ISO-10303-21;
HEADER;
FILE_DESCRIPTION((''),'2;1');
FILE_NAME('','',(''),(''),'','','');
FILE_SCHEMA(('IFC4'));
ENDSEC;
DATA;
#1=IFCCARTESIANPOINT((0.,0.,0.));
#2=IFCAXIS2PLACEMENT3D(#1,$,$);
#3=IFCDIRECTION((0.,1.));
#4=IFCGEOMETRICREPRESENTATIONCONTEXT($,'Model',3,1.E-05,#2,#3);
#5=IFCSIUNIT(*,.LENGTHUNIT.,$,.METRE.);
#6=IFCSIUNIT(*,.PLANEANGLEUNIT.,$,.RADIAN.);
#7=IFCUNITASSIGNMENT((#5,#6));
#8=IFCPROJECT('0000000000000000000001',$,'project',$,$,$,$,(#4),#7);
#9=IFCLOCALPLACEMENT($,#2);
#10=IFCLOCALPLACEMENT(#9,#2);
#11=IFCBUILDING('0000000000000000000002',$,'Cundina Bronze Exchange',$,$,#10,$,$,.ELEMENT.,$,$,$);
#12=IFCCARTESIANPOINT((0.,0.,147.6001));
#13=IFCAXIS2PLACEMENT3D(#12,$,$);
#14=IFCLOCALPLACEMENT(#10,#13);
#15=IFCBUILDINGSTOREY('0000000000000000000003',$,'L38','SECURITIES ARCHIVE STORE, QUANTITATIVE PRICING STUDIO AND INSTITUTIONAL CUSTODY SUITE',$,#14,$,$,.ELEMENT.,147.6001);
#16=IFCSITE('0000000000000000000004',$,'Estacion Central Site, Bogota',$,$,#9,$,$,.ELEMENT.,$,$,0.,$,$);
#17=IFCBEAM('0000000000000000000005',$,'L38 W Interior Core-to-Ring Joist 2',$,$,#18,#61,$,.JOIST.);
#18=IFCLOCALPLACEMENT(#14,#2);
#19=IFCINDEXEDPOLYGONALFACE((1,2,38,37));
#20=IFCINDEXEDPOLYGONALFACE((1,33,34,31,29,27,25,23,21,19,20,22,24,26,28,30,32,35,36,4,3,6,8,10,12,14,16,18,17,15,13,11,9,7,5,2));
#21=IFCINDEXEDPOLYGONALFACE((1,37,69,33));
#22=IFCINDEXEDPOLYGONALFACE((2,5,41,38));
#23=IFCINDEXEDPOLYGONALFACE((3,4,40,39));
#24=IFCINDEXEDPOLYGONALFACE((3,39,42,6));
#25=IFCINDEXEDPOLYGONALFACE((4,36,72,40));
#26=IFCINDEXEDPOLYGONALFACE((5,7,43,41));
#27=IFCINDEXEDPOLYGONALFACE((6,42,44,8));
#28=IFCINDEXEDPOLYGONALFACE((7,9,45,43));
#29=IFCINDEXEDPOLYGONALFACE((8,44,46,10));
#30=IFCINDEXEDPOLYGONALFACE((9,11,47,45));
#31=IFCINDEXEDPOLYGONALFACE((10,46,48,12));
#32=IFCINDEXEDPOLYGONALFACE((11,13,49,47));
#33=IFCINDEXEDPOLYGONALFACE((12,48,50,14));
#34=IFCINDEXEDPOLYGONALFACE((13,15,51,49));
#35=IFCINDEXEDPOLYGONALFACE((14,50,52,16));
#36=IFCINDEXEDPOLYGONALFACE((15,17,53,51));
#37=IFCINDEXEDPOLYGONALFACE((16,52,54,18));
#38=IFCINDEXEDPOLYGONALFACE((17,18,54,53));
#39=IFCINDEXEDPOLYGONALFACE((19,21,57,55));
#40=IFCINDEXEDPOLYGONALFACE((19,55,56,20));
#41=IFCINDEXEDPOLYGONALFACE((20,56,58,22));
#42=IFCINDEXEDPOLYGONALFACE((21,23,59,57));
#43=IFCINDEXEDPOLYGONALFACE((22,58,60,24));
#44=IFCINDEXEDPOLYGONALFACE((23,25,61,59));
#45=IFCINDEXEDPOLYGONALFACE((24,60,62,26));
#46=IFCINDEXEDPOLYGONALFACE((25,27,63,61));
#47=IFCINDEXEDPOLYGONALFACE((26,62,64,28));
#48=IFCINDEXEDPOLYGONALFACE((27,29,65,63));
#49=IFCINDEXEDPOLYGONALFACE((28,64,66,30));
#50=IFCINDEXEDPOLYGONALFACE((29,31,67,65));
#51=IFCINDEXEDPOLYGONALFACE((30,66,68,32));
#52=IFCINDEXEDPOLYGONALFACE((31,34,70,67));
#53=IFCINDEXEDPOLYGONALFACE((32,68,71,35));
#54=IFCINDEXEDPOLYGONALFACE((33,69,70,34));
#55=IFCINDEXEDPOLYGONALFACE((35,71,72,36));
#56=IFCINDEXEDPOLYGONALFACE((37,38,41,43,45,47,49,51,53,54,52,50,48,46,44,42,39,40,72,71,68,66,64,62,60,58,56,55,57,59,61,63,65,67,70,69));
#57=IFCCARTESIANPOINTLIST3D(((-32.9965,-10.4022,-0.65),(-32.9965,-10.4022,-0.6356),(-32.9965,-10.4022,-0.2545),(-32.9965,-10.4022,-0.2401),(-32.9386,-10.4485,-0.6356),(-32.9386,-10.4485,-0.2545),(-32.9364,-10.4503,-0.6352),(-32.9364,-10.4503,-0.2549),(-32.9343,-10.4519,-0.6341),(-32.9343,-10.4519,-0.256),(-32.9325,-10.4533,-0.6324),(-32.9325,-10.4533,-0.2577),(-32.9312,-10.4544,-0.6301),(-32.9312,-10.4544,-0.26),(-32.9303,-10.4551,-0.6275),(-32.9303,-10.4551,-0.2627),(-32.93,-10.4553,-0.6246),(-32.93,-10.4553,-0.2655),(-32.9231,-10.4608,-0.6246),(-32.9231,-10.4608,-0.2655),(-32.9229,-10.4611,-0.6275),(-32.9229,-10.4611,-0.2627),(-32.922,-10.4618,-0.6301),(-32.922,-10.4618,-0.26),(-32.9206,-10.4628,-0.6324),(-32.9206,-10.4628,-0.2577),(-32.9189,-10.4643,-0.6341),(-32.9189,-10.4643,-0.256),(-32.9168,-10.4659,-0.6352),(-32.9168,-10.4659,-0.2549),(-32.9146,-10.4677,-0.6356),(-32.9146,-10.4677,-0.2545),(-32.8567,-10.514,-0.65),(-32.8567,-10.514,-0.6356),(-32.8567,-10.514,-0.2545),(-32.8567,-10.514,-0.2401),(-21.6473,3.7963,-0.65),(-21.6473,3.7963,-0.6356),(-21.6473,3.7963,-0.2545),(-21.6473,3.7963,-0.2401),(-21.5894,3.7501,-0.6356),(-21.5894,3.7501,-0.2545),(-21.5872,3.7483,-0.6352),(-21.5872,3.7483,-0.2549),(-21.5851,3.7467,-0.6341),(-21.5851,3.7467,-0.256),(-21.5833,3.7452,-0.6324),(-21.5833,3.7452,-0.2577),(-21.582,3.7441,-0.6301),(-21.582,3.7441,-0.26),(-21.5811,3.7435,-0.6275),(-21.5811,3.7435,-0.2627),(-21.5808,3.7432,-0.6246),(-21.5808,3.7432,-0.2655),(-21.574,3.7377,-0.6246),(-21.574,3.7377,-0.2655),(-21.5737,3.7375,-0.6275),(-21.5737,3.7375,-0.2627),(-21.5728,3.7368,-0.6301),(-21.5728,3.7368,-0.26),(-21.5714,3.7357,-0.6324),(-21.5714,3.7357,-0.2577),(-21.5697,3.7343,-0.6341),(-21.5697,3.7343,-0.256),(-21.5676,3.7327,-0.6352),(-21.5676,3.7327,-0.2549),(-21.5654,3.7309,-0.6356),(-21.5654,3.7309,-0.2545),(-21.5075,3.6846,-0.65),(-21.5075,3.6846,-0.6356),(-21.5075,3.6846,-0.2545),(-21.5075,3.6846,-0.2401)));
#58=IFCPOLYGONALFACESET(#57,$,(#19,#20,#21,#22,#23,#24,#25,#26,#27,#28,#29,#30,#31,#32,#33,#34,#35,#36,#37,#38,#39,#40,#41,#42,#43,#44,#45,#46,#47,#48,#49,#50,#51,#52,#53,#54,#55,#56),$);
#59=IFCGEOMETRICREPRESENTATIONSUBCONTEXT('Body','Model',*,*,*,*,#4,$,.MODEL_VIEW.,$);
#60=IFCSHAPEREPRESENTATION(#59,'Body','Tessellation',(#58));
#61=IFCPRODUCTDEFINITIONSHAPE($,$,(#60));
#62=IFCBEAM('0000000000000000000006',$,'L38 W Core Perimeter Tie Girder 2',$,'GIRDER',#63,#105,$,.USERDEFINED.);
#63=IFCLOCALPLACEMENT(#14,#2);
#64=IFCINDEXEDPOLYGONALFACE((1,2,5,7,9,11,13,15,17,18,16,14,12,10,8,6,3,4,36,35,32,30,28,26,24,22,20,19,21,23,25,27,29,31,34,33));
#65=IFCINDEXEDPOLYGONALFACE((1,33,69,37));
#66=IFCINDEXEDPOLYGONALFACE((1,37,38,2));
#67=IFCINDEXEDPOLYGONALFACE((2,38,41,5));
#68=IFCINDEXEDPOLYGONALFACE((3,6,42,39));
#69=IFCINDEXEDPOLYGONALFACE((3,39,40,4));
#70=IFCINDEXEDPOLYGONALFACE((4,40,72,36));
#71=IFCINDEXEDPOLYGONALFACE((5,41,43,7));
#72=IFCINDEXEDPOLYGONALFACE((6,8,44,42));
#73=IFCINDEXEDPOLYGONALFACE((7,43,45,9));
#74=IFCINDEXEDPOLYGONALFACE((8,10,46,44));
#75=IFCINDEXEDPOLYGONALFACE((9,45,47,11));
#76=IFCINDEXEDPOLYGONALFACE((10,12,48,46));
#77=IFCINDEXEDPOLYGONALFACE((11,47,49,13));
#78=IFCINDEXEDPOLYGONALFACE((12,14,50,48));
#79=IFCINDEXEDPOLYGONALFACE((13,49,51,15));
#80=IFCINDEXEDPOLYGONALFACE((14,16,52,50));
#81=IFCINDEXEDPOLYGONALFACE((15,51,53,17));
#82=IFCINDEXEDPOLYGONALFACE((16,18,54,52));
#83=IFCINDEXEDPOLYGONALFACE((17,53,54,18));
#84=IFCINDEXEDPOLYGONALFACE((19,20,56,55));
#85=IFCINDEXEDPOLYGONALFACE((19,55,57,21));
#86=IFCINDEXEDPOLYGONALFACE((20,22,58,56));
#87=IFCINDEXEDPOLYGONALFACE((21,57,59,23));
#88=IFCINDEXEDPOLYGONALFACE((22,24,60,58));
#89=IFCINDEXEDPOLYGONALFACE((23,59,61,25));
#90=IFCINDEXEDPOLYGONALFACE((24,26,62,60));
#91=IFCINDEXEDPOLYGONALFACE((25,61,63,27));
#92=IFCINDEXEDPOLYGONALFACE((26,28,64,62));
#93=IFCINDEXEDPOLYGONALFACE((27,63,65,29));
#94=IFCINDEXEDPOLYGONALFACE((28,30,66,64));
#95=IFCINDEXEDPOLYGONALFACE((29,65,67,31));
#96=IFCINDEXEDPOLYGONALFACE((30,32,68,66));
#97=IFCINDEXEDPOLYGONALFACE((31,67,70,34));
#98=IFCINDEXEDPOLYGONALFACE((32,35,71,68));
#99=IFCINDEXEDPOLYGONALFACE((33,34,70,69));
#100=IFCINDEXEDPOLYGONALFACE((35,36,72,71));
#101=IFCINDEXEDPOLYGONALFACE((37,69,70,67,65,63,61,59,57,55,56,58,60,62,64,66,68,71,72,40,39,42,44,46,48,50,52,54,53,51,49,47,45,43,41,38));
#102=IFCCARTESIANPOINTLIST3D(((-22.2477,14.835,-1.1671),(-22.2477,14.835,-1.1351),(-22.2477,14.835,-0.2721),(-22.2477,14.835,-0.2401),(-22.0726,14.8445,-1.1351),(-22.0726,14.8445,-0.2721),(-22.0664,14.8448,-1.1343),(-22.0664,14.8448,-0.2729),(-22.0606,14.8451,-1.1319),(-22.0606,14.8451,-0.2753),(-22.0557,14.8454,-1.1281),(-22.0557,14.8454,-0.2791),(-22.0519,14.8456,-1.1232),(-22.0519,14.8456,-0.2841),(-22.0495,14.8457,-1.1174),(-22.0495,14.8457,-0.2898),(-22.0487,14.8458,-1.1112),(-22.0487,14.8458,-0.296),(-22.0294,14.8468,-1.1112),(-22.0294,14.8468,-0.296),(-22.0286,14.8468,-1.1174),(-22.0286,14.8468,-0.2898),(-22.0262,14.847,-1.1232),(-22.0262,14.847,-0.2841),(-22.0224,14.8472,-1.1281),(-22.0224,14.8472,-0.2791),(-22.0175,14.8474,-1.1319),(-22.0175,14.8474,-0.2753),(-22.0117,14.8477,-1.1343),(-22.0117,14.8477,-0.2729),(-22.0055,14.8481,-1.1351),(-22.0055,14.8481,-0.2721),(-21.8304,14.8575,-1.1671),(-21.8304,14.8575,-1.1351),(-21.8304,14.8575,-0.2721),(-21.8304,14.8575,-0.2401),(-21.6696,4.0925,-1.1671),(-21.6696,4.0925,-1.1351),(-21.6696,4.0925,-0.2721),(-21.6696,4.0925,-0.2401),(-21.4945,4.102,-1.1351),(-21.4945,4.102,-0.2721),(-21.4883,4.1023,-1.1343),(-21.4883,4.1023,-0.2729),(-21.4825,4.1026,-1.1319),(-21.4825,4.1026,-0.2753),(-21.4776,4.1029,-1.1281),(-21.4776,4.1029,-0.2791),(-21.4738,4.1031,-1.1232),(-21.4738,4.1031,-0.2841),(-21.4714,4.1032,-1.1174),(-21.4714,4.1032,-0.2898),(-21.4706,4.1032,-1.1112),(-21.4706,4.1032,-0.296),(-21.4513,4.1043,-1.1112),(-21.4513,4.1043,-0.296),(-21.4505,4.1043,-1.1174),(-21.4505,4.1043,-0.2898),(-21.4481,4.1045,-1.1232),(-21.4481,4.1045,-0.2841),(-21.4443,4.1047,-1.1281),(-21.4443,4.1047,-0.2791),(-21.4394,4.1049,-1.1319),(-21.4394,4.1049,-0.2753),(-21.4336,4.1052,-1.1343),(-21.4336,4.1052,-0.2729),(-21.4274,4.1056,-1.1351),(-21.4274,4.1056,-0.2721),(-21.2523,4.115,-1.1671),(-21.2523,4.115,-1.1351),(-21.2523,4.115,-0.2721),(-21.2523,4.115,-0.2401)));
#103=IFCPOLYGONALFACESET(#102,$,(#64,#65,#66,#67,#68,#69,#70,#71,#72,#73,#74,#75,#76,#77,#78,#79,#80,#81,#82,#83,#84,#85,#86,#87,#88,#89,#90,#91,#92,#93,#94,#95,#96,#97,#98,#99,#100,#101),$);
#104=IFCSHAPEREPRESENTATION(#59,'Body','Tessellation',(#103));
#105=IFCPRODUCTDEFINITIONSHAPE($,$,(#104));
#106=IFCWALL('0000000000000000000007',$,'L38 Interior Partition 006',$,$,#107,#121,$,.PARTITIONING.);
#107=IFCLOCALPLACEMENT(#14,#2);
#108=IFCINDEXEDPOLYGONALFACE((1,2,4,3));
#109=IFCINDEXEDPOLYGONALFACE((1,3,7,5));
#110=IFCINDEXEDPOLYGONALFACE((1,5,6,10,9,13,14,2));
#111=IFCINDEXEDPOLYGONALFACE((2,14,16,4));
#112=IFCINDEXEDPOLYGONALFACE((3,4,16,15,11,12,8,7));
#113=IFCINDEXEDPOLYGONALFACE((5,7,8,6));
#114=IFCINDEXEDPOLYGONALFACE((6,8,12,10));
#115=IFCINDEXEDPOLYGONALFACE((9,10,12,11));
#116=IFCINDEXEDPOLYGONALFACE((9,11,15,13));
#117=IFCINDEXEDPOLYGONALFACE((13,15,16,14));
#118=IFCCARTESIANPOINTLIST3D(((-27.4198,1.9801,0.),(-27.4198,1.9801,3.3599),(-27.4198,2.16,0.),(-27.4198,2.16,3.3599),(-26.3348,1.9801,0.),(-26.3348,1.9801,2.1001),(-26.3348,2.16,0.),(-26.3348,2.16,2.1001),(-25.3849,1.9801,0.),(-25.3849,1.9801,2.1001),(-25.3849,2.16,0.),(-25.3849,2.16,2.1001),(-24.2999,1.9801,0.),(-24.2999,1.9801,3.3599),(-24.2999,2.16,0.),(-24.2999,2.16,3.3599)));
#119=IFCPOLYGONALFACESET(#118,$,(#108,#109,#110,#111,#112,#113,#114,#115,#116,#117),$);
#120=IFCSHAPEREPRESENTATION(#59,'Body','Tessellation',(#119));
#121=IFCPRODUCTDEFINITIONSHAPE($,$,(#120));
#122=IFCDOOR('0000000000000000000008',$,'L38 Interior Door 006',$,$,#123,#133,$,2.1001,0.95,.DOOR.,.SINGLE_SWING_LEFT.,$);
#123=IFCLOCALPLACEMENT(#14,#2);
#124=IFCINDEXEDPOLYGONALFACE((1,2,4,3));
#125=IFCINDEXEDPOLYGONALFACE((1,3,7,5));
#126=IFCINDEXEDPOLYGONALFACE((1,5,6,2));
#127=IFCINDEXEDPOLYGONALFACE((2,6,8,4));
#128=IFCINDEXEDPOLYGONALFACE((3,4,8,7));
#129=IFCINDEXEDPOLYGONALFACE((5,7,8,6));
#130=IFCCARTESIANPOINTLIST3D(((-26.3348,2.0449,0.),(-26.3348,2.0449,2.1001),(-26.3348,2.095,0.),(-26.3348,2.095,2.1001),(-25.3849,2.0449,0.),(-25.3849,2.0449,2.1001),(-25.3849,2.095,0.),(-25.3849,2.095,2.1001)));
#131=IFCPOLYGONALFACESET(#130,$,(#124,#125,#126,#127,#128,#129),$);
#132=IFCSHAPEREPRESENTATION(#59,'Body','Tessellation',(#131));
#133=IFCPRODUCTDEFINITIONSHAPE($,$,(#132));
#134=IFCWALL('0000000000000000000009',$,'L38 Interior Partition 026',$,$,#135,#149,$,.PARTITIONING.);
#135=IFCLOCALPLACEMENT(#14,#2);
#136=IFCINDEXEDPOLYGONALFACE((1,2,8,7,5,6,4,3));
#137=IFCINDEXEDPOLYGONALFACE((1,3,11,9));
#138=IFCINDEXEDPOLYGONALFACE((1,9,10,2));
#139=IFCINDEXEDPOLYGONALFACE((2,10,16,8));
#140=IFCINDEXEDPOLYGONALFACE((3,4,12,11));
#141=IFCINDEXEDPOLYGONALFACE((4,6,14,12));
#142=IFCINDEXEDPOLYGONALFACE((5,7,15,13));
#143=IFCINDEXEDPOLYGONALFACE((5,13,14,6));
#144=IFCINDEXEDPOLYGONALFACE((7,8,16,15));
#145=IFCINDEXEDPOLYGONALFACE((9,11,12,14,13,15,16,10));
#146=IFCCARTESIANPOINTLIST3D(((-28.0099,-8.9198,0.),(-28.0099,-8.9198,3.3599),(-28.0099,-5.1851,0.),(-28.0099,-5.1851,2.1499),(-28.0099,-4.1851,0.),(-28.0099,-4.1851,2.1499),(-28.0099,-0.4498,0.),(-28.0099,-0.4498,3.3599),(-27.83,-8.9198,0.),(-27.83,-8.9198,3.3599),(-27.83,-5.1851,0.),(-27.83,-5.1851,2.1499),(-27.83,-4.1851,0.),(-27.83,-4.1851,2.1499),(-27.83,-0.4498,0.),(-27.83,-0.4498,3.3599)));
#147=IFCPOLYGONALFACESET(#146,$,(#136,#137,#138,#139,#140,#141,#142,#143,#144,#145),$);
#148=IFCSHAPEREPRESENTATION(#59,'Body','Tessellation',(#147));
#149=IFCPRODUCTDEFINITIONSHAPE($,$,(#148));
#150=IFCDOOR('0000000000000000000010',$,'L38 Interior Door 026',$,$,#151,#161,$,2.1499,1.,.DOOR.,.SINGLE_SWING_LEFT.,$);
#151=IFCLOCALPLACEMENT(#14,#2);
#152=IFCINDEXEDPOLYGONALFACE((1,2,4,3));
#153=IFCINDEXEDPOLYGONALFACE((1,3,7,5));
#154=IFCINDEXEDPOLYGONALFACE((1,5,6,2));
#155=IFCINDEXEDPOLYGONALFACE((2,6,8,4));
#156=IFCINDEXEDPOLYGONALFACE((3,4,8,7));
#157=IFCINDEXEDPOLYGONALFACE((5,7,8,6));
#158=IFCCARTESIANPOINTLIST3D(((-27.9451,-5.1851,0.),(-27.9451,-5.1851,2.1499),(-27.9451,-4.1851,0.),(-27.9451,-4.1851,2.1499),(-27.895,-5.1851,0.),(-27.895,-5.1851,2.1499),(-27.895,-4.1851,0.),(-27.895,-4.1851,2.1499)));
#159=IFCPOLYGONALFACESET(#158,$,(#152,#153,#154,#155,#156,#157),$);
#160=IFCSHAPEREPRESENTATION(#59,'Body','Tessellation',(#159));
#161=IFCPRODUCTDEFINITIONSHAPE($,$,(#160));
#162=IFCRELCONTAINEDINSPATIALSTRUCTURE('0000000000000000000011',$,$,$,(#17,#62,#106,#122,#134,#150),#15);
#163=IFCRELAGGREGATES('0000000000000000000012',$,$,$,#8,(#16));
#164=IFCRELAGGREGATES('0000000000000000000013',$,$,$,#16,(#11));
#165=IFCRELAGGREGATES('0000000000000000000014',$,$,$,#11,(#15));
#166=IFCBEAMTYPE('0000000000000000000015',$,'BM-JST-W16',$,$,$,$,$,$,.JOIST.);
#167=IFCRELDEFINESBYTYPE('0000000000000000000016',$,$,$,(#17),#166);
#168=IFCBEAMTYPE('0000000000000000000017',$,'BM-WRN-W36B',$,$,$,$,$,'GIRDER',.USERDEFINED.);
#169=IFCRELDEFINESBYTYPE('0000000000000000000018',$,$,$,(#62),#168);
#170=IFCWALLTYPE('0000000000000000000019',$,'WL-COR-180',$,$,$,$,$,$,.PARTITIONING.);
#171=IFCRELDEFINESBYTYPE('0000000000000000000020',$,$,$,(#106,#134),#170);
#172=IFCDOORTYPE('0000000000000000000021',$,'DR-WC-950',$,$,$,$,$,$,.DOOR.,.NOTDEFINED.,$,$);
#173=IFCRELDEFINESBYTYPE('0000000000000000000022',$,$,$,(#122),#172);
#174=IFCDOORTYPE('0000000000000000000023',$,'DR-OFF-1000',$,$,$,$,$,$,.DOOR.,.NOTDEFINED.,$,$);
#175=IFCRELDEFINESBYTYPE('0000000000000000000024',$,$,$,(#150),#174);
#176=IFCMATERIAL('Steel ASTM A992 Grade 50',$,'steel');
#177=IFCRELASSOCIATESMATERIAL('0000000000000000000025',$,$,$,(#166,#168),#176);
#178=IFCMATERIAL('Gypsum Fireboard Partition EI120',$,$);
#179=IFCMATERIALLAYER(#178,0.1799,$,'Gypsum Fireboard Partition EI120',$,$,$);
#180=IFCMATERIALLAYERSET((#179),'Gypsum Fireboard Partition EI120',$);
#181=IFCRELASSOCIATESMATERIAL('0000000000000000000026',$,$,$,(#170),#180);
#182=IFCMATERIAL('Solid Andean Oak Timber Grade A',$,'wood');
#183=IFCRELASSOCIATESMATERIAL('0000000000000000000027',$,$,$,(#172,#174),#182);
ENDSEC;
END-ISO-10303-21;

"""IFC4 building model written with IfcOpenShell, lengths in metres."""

from ifc_helpers import new_model, si_unit, direction, frame, frame_2d, origin, origin_2d, place, context, subcontext, project, spatial, rectangle, i_section, extrude, material, layer, layer_set, material_profile, profile_set, type_object, element, fill, save


model = new_model("IFC4")

# Units and contexts
model_context = context("Model", 3, precision=1e-05, world=origin(), true_north=direction((0.0, 1.0)))
body_context = subcontext(model_context, "Body", "Model", "MODEL_VIEW")
ifc_project = project(units=[si_unit("LENGTHUNIT", "METRE"), si_unit("PLANEANGLEUNIT", "RADIAN")], contexts=[model_context])

# Site, building, storey
site_placement = place(None, origin())
site = spatial("IfcSite", under=ifc_project, at=site_placement, Name="Estacion Central Site, Bogota", CompositionType="ELEMENT", RefElevation=0.0)
building_placement = place(site_placement, origin())
building = spatial("IfcBuilding", under=site, at=building_placement, Name="Cundina Bronze Exchange", CompositionType="ELEMENT")
storey_placement = place(building_placement, frame((0.0, 0.0, 147.6001)))
storey = spatial("IfcBuildingStorey", under=building, at=storey_placement, Name="L38", Description="SECURITIES ARCHIVE STORE, QUANTITATIVE PRICING STUDIO AND INSTITUTIONAL CUSTODY SUITE", CompositionType="ELEMENT", Elevation=147.6001)

# Shared definitions
ifc_material_1 = material(Name="Steel ASTM A992 Grade 50", Category="steel")

# Beams
ifc_material_profile_1 = material_profile(ifc_material_1, i_section(OverallWidth=0.179, OverallDepth=0.4099, WebThickness=0.0088, FlangeThickness=0.0144, FilletRadius=0.011, at=origin_2d()), Name="W16X45", Category="steel")
ifc_profile_set_1 = profile_set([ifc_material_profile_1], Name="Steel ASTM A992 Grade 50")
beam_type_1 = type_object("IfcBeamType", Name="BM-JST-W16", PredefinedType="JOIST", material=ifc_profile_set_1)
beam_1_placement = place(storey_placement, frame((-21.5774, 3.7405, -0.4451), z_axis=(-0.624371, -0.781128, 0.0), x_axis=(0.781128, -0.624371, 0.0)))
element("IfcBeam", 1, at=beam_1_placement, inside=storey, type_object=beam_type_1, Name="L38 W Interior Core-to-Ring Joist 2", PredefinedType="JOIST", context=body_context, shape_type="SweptSolid", body=[
    extrude(i_section(OverallWidth=0.179, OverallDepth=0.4099, WebThickness=0.0088, FlangeThickness=0.0144, FilletRadius=0.011, at=origin_2d()), origin(), (0.0, 0.0, 1.0), 18.177),
])
ifc_material_profile_2 = material_profile(ifc_material_1, i_section(OverallWidth=0.418, OverallDepth=0.927, WebThickness=0.0193, FlangeThickness=0.032, FilletRadius=0.0239, at=origin_2d()), Name="W36X231", Category="steel")
ifc_profile_set_2 = profile_set([ifc_material_profile_2], Name="Steel ASTM A992 Grade 50")
beam_type_2 = type_object("IfcBeamType", Name="BM-WRN-W36B", ElementType="GIRDER", PredefinedType="USERDEFINED", material=ifc_profile_set_2)
beam_2_placement = place(storey_placement, frame((-21.4609, 4.1038, -0.7036), z_axis=(-0.053739, 0.998555, 0.0), x_axis=(-0.998555, -0.053739, 0.0)))
element("IfcBeam", 2, at=beam_2_placement, inside=storey, type_object=beam_type_2, Name="L38 W Core Perimeter Tie Girder 2", ObjectType="GIRDER", PredefinedType="USERDEFINED", context=body_context, shape_type="SweptSolid", body=[
    extrude(i_section(OverallWidth=0.418, OverallDepth=0.927, WebThickness=0.0193, FlangeThickness=0.032, FilletRadius=0.0239, at=origin_2d()), origin(), (0.0, 0.0, 1.0), 10.7581),
])

# Walls, openings, doors
ifc_material_2 = material(Name="Gypsum Fireboard Partition EI120")
ifc_layer_1 = layer(ifc_material_2, 0.1799, Name="Gypsum Fireboard Partition EI120")
ifc_layer_set_1 = layer_set([ifc_layer_1], Name="Gypsum Fireboard Partition EI120")
wall_type_1 = type_object("IfcWallType", Name="WL-COR-180", PredefinedType="PARTITIONING", material=ifc_layer_set_1)
wall_1_placement = place(storey_placement, frame((-27.4199, 2.0701, 0.0), z_axis=(0.0, 0.0, 1.0), x_axis=(1.0, 0.0, 0.0)))
wall_1 = element("IfcWall", 3, at=wall_1_placement, inside=storey, type_object=wall_type_1, Name="L38 Interior Partition 006", PredefinedType="PARTITIONING", context=body_context, shape_type="SweptSolid", body=[
    extrude(rectangle(XDim=3.1199, YDim=0.1799, at=frame_2d((1.5601, 0.0))), origin(), (0.0, 0.0, 1.0), 3.3599),
])
opening_1_placement = place(wall_1_placement, frame((1.085, 0.0, 0.0)))
opening_1 = element("IfcOpeningElement", 4, at=opening_1_placement, cuts=wall_1, PredefinedType="OPENING", context=body_context, shape_type="SweptSolid", body=[
    extrude(rectangle(XDim=0.95, YDim=2.1001, at=frame_2d((0.4751, 1.05))), frame((0.0, 0.0999, 0.0), z_axis=(0.0, -1.0, 0.0), x_axis=(1.0, 0.0, 0.0)), (0.0, 0.0, 1.0), 0.2),
])
ifc_material_3 = material(Name="Solid Andean Oak Timber Grade A", Category="wood")
door_type_1 = type_object("IfcDoorType", Name="DR-WC-950", OperationType="NOTDEFINED", PredefinedType="DOOR", material=ifc_material_3)
door_1_placement = place(opening_1_placement, origin())
door_1 = element("IfcDoor", 5, at=door_1_placement, inside=storey, type_object=door_type_1, Name="L38 Interior Door 006", OperationType="SINGLE_SWING_LEFT", OverallHeight=2.1001, OverallWidth=0.95, PredefinedType="DOOR", context=body_context, shape_type="SweptSolid", body=[
    extrude(rectangle(XDim=0.95, YDim=2.1001, at=frame_2d((0.4751, 1.05))), frame((0.0, 0.0249, 0.0), z_axis=(0.0, -1.0, 0.0), x_axis=(1.0, 0.0, 0.0)), (0.0, 0.0, 1.0), 0.05),
])
fill(opening_1, door_1)
wall_2_placement = place(storey_placement, frame((-27.9199, -0.45, 0.0), z_axis=(0.0, 0.0, 1.0), x_axis=(0.0, -1.0, 0.0)))
wall_2 = element("IfcWall", 6, at=wall_2_placement, inside=storey, type_object=wall_type_1, Name="L38 Interior Partition 026", PredefinedType="PARTITIONING", context=body_context, shape_type="SweptSolid", body=[
    extrude(rectangle(XDim=8.47, YDim=0.1799, at=frame_2d((4.2349, 0.0))), origin(), (0.0, 0.0, 1.0), 3.3599),
])
opening_2_placement = place(wall_2_placement, frame((3.7351, 0.0, 0.0)))
opening_2 = element("IfcOpeningElement", 7, at=opening_2_placement, cuts=wall_2, PredefinedType="OPENING", context=body_context, shape_type="SweptSolid", body=[
    extrude(rectangle(XDim=1.0, YDim=2.1499, at=frame_2d((0.5, 1.075))), frame((0.0, 0.0999, 0.0), z_axis=(0.0, -1.0, 0.0), x_axis=(1.0, 0.0, 0.0)), (0.0, 0.0, 1.0), 0.2),
])
door_type_2 = type_object("IfcDoorType", Name="DR-OFF-1000", OperationType="NOTDEFINED", PredefinedType="DOOR", material=ifc_material_3)
door_2_placement = place(opening_2_placement, origin())
door_2 = element("IfcDoor", 8, at=door_2_placement, inside=storey, type_object=door_type_2, Name="L38 Interior Door 026", OperationType="SINGLE_SWING_LEFT", OverallHeight=2.1499, OverallWidth=1.0, PredefinedType="DOOR", context=body_context, shape_type="SweptSolid", body=[
    extrude(rectangle(XDim=1.0, YDim=2.1499, at=frame_2d((0.5, 1.075))), frame((0.0, 0.0249, 0.0), z_axis=(0.0, -1.0, 0.0), x_axis=(1.0, 0.0, 0.0)), (0.0, 0.0, 1.0), 0.05),
])
fill(opening_2, door_2)

save(model, "model.ifc")
